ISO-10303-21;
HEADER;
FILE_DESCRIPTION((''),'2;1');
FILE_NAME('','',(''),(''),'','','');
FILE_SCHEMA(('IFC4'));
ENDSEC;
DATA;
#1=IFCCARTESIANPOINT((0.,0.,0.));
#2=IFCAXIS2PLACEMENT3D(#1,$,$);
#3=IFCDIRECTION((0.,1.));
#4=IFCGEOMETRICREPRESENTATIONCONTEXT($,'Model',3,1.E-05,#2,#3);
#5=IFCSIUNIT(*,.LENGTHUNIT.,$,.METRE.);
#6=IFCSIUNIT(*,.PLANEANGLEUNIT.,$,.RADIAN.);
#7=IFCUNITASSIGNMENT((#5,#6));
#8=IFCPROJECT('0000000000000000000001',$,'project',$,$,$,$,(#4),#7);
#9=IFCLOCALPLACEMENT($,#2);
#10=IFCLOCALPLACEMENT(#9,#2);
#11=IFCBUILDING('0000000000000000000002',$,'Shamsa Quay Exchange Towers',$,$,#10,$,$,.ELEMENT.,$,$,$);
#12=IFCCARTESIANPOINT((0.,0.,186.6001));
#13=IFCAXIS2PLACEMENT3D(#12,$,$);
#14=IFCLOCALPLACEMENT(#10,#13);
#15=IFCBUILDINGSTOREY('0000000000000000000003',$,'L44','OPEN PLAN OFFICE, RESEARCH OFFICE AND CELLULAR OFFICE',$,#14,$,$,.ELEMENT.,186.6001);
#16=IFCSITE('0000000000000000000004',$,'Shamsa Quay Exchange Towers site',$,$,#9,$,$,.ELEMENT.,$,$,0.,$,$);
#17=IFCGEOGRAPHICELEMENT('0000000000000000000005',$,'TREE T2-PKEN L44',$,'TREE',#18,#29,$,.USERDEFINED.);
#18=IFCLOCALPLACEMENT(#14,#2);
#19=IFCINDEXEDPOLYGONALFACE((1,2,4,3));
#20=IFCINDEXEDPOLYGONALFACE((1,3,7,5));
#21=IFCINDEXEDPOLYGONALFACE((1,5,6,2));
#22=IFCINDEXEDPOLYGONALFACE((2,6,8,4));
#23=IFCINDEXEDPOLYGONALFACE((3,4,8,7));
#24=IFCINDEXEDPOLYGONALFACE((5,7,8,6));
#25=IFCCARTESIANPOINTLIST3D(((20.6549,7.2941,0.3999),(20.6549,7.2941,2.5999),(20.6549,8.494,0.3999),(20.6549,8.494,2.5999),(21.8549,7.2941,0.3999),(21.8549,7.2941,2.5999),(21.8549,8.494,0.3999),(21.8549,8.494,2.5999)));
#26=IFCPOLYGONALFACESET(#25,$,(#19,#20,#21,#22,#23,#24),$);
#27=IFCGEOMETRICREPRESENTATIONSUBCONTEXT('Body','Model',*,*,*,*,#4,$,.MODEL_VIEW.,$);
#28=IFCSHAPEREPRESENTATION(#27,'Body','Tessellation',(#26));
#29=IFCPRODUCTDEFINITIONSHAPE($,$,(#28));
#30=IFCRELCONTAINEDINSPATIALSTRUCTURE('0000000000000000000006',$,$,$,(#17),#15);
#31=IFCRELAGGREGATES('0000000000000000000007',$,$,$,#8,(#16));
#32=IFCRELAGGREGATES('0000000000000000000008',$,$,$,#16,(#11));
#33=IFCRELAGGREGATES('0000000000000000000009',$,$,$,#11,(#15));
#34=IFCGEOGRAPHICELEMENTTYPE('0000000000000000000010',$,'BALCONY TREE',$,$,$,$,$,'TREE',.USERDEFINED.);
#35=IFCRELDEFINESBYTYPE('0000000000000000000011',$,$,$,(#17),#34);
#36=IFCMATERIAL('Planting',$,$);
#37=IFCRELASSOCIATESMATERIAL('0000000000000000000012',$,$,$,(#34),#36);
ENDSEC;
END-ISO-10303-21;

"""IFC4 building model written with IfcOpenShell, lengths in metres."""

from ifc_helpers import new_model, si_unit, direction, frame, origin, origin_2d, place, context, subcontext, project, spatial, rectangle, extrude, material, type_object, element, save


model = new_model("IFC4")

# Units and contexts
model_context = context("Model", 3, precision=1e-05, world=origin(), true_north=direction((0.0, 1.0)))
body_context = subcontext(model_context, "Body", "Model", "MODEL_VIEW")
ifc_project = project(units=[si_unit("LENGTHUNIT", "METRE"), si_unit("PLANEANGLEUNIT", "RADIAN")], contexts=[model_context])

# Site, building, storey
site_placement = place(None, origin())
site = spatial("IfcSite", under=ifc_project, at=site_placement, Name="Shamsa Quay Exchange Towers site", CompositionType="ELEMENT", RefElevation=0.0)
building_placement = place(site_placement, origin())
building = spatial("IfcBuilding", under=site, at=building_placement, Name="Shamsa Quay Exchange Towers", CompositionType="ELEMENT")
storey_placement = place(building_placement, frame((0.0, 0.0, 186.6001)))
storey = spatial("IfcBuildingStorey", under=building, at=storey_placement, Name="L44", Description="OPEN PLAN OFFICE, RESEARCH OFFICE AND CELLULAR OFFICE", CompositionType="ELEMENT", Elevation=186.6001)

# Geographic element
ifc_material_1 = material(Name="Planting")
geographic_element_type = type_object("IfcGeographicElementType", Name="BALCONY TREE", ElementType="TREE", PredefinedType="USERDEFINED", material=ifc_material_1)
geographic_element_placement = place(storey_placement, frame((21.2549, 7.894, 0.3999), z_axis=(0.0, 0.0, 1.0), x_axis=(0.0, -1.0, 0.0)))
element("IfcGeographicElement", 1, at=geographic_element_placement, inside=storey, type_object=geographic_element_type, Name="TREE T2-PKEN L44", ObjectType="TREE", PredefinedType="USERDEFINED", context=body_context, shape_type="SweptSolid", body=[
    extrude(rectangle(XDim=1.2, YDim=1.2, at=origin_2d()), origin(), (0.0, 0.0, 1.0), 2.2),
])

save(model, "model.ifc")
